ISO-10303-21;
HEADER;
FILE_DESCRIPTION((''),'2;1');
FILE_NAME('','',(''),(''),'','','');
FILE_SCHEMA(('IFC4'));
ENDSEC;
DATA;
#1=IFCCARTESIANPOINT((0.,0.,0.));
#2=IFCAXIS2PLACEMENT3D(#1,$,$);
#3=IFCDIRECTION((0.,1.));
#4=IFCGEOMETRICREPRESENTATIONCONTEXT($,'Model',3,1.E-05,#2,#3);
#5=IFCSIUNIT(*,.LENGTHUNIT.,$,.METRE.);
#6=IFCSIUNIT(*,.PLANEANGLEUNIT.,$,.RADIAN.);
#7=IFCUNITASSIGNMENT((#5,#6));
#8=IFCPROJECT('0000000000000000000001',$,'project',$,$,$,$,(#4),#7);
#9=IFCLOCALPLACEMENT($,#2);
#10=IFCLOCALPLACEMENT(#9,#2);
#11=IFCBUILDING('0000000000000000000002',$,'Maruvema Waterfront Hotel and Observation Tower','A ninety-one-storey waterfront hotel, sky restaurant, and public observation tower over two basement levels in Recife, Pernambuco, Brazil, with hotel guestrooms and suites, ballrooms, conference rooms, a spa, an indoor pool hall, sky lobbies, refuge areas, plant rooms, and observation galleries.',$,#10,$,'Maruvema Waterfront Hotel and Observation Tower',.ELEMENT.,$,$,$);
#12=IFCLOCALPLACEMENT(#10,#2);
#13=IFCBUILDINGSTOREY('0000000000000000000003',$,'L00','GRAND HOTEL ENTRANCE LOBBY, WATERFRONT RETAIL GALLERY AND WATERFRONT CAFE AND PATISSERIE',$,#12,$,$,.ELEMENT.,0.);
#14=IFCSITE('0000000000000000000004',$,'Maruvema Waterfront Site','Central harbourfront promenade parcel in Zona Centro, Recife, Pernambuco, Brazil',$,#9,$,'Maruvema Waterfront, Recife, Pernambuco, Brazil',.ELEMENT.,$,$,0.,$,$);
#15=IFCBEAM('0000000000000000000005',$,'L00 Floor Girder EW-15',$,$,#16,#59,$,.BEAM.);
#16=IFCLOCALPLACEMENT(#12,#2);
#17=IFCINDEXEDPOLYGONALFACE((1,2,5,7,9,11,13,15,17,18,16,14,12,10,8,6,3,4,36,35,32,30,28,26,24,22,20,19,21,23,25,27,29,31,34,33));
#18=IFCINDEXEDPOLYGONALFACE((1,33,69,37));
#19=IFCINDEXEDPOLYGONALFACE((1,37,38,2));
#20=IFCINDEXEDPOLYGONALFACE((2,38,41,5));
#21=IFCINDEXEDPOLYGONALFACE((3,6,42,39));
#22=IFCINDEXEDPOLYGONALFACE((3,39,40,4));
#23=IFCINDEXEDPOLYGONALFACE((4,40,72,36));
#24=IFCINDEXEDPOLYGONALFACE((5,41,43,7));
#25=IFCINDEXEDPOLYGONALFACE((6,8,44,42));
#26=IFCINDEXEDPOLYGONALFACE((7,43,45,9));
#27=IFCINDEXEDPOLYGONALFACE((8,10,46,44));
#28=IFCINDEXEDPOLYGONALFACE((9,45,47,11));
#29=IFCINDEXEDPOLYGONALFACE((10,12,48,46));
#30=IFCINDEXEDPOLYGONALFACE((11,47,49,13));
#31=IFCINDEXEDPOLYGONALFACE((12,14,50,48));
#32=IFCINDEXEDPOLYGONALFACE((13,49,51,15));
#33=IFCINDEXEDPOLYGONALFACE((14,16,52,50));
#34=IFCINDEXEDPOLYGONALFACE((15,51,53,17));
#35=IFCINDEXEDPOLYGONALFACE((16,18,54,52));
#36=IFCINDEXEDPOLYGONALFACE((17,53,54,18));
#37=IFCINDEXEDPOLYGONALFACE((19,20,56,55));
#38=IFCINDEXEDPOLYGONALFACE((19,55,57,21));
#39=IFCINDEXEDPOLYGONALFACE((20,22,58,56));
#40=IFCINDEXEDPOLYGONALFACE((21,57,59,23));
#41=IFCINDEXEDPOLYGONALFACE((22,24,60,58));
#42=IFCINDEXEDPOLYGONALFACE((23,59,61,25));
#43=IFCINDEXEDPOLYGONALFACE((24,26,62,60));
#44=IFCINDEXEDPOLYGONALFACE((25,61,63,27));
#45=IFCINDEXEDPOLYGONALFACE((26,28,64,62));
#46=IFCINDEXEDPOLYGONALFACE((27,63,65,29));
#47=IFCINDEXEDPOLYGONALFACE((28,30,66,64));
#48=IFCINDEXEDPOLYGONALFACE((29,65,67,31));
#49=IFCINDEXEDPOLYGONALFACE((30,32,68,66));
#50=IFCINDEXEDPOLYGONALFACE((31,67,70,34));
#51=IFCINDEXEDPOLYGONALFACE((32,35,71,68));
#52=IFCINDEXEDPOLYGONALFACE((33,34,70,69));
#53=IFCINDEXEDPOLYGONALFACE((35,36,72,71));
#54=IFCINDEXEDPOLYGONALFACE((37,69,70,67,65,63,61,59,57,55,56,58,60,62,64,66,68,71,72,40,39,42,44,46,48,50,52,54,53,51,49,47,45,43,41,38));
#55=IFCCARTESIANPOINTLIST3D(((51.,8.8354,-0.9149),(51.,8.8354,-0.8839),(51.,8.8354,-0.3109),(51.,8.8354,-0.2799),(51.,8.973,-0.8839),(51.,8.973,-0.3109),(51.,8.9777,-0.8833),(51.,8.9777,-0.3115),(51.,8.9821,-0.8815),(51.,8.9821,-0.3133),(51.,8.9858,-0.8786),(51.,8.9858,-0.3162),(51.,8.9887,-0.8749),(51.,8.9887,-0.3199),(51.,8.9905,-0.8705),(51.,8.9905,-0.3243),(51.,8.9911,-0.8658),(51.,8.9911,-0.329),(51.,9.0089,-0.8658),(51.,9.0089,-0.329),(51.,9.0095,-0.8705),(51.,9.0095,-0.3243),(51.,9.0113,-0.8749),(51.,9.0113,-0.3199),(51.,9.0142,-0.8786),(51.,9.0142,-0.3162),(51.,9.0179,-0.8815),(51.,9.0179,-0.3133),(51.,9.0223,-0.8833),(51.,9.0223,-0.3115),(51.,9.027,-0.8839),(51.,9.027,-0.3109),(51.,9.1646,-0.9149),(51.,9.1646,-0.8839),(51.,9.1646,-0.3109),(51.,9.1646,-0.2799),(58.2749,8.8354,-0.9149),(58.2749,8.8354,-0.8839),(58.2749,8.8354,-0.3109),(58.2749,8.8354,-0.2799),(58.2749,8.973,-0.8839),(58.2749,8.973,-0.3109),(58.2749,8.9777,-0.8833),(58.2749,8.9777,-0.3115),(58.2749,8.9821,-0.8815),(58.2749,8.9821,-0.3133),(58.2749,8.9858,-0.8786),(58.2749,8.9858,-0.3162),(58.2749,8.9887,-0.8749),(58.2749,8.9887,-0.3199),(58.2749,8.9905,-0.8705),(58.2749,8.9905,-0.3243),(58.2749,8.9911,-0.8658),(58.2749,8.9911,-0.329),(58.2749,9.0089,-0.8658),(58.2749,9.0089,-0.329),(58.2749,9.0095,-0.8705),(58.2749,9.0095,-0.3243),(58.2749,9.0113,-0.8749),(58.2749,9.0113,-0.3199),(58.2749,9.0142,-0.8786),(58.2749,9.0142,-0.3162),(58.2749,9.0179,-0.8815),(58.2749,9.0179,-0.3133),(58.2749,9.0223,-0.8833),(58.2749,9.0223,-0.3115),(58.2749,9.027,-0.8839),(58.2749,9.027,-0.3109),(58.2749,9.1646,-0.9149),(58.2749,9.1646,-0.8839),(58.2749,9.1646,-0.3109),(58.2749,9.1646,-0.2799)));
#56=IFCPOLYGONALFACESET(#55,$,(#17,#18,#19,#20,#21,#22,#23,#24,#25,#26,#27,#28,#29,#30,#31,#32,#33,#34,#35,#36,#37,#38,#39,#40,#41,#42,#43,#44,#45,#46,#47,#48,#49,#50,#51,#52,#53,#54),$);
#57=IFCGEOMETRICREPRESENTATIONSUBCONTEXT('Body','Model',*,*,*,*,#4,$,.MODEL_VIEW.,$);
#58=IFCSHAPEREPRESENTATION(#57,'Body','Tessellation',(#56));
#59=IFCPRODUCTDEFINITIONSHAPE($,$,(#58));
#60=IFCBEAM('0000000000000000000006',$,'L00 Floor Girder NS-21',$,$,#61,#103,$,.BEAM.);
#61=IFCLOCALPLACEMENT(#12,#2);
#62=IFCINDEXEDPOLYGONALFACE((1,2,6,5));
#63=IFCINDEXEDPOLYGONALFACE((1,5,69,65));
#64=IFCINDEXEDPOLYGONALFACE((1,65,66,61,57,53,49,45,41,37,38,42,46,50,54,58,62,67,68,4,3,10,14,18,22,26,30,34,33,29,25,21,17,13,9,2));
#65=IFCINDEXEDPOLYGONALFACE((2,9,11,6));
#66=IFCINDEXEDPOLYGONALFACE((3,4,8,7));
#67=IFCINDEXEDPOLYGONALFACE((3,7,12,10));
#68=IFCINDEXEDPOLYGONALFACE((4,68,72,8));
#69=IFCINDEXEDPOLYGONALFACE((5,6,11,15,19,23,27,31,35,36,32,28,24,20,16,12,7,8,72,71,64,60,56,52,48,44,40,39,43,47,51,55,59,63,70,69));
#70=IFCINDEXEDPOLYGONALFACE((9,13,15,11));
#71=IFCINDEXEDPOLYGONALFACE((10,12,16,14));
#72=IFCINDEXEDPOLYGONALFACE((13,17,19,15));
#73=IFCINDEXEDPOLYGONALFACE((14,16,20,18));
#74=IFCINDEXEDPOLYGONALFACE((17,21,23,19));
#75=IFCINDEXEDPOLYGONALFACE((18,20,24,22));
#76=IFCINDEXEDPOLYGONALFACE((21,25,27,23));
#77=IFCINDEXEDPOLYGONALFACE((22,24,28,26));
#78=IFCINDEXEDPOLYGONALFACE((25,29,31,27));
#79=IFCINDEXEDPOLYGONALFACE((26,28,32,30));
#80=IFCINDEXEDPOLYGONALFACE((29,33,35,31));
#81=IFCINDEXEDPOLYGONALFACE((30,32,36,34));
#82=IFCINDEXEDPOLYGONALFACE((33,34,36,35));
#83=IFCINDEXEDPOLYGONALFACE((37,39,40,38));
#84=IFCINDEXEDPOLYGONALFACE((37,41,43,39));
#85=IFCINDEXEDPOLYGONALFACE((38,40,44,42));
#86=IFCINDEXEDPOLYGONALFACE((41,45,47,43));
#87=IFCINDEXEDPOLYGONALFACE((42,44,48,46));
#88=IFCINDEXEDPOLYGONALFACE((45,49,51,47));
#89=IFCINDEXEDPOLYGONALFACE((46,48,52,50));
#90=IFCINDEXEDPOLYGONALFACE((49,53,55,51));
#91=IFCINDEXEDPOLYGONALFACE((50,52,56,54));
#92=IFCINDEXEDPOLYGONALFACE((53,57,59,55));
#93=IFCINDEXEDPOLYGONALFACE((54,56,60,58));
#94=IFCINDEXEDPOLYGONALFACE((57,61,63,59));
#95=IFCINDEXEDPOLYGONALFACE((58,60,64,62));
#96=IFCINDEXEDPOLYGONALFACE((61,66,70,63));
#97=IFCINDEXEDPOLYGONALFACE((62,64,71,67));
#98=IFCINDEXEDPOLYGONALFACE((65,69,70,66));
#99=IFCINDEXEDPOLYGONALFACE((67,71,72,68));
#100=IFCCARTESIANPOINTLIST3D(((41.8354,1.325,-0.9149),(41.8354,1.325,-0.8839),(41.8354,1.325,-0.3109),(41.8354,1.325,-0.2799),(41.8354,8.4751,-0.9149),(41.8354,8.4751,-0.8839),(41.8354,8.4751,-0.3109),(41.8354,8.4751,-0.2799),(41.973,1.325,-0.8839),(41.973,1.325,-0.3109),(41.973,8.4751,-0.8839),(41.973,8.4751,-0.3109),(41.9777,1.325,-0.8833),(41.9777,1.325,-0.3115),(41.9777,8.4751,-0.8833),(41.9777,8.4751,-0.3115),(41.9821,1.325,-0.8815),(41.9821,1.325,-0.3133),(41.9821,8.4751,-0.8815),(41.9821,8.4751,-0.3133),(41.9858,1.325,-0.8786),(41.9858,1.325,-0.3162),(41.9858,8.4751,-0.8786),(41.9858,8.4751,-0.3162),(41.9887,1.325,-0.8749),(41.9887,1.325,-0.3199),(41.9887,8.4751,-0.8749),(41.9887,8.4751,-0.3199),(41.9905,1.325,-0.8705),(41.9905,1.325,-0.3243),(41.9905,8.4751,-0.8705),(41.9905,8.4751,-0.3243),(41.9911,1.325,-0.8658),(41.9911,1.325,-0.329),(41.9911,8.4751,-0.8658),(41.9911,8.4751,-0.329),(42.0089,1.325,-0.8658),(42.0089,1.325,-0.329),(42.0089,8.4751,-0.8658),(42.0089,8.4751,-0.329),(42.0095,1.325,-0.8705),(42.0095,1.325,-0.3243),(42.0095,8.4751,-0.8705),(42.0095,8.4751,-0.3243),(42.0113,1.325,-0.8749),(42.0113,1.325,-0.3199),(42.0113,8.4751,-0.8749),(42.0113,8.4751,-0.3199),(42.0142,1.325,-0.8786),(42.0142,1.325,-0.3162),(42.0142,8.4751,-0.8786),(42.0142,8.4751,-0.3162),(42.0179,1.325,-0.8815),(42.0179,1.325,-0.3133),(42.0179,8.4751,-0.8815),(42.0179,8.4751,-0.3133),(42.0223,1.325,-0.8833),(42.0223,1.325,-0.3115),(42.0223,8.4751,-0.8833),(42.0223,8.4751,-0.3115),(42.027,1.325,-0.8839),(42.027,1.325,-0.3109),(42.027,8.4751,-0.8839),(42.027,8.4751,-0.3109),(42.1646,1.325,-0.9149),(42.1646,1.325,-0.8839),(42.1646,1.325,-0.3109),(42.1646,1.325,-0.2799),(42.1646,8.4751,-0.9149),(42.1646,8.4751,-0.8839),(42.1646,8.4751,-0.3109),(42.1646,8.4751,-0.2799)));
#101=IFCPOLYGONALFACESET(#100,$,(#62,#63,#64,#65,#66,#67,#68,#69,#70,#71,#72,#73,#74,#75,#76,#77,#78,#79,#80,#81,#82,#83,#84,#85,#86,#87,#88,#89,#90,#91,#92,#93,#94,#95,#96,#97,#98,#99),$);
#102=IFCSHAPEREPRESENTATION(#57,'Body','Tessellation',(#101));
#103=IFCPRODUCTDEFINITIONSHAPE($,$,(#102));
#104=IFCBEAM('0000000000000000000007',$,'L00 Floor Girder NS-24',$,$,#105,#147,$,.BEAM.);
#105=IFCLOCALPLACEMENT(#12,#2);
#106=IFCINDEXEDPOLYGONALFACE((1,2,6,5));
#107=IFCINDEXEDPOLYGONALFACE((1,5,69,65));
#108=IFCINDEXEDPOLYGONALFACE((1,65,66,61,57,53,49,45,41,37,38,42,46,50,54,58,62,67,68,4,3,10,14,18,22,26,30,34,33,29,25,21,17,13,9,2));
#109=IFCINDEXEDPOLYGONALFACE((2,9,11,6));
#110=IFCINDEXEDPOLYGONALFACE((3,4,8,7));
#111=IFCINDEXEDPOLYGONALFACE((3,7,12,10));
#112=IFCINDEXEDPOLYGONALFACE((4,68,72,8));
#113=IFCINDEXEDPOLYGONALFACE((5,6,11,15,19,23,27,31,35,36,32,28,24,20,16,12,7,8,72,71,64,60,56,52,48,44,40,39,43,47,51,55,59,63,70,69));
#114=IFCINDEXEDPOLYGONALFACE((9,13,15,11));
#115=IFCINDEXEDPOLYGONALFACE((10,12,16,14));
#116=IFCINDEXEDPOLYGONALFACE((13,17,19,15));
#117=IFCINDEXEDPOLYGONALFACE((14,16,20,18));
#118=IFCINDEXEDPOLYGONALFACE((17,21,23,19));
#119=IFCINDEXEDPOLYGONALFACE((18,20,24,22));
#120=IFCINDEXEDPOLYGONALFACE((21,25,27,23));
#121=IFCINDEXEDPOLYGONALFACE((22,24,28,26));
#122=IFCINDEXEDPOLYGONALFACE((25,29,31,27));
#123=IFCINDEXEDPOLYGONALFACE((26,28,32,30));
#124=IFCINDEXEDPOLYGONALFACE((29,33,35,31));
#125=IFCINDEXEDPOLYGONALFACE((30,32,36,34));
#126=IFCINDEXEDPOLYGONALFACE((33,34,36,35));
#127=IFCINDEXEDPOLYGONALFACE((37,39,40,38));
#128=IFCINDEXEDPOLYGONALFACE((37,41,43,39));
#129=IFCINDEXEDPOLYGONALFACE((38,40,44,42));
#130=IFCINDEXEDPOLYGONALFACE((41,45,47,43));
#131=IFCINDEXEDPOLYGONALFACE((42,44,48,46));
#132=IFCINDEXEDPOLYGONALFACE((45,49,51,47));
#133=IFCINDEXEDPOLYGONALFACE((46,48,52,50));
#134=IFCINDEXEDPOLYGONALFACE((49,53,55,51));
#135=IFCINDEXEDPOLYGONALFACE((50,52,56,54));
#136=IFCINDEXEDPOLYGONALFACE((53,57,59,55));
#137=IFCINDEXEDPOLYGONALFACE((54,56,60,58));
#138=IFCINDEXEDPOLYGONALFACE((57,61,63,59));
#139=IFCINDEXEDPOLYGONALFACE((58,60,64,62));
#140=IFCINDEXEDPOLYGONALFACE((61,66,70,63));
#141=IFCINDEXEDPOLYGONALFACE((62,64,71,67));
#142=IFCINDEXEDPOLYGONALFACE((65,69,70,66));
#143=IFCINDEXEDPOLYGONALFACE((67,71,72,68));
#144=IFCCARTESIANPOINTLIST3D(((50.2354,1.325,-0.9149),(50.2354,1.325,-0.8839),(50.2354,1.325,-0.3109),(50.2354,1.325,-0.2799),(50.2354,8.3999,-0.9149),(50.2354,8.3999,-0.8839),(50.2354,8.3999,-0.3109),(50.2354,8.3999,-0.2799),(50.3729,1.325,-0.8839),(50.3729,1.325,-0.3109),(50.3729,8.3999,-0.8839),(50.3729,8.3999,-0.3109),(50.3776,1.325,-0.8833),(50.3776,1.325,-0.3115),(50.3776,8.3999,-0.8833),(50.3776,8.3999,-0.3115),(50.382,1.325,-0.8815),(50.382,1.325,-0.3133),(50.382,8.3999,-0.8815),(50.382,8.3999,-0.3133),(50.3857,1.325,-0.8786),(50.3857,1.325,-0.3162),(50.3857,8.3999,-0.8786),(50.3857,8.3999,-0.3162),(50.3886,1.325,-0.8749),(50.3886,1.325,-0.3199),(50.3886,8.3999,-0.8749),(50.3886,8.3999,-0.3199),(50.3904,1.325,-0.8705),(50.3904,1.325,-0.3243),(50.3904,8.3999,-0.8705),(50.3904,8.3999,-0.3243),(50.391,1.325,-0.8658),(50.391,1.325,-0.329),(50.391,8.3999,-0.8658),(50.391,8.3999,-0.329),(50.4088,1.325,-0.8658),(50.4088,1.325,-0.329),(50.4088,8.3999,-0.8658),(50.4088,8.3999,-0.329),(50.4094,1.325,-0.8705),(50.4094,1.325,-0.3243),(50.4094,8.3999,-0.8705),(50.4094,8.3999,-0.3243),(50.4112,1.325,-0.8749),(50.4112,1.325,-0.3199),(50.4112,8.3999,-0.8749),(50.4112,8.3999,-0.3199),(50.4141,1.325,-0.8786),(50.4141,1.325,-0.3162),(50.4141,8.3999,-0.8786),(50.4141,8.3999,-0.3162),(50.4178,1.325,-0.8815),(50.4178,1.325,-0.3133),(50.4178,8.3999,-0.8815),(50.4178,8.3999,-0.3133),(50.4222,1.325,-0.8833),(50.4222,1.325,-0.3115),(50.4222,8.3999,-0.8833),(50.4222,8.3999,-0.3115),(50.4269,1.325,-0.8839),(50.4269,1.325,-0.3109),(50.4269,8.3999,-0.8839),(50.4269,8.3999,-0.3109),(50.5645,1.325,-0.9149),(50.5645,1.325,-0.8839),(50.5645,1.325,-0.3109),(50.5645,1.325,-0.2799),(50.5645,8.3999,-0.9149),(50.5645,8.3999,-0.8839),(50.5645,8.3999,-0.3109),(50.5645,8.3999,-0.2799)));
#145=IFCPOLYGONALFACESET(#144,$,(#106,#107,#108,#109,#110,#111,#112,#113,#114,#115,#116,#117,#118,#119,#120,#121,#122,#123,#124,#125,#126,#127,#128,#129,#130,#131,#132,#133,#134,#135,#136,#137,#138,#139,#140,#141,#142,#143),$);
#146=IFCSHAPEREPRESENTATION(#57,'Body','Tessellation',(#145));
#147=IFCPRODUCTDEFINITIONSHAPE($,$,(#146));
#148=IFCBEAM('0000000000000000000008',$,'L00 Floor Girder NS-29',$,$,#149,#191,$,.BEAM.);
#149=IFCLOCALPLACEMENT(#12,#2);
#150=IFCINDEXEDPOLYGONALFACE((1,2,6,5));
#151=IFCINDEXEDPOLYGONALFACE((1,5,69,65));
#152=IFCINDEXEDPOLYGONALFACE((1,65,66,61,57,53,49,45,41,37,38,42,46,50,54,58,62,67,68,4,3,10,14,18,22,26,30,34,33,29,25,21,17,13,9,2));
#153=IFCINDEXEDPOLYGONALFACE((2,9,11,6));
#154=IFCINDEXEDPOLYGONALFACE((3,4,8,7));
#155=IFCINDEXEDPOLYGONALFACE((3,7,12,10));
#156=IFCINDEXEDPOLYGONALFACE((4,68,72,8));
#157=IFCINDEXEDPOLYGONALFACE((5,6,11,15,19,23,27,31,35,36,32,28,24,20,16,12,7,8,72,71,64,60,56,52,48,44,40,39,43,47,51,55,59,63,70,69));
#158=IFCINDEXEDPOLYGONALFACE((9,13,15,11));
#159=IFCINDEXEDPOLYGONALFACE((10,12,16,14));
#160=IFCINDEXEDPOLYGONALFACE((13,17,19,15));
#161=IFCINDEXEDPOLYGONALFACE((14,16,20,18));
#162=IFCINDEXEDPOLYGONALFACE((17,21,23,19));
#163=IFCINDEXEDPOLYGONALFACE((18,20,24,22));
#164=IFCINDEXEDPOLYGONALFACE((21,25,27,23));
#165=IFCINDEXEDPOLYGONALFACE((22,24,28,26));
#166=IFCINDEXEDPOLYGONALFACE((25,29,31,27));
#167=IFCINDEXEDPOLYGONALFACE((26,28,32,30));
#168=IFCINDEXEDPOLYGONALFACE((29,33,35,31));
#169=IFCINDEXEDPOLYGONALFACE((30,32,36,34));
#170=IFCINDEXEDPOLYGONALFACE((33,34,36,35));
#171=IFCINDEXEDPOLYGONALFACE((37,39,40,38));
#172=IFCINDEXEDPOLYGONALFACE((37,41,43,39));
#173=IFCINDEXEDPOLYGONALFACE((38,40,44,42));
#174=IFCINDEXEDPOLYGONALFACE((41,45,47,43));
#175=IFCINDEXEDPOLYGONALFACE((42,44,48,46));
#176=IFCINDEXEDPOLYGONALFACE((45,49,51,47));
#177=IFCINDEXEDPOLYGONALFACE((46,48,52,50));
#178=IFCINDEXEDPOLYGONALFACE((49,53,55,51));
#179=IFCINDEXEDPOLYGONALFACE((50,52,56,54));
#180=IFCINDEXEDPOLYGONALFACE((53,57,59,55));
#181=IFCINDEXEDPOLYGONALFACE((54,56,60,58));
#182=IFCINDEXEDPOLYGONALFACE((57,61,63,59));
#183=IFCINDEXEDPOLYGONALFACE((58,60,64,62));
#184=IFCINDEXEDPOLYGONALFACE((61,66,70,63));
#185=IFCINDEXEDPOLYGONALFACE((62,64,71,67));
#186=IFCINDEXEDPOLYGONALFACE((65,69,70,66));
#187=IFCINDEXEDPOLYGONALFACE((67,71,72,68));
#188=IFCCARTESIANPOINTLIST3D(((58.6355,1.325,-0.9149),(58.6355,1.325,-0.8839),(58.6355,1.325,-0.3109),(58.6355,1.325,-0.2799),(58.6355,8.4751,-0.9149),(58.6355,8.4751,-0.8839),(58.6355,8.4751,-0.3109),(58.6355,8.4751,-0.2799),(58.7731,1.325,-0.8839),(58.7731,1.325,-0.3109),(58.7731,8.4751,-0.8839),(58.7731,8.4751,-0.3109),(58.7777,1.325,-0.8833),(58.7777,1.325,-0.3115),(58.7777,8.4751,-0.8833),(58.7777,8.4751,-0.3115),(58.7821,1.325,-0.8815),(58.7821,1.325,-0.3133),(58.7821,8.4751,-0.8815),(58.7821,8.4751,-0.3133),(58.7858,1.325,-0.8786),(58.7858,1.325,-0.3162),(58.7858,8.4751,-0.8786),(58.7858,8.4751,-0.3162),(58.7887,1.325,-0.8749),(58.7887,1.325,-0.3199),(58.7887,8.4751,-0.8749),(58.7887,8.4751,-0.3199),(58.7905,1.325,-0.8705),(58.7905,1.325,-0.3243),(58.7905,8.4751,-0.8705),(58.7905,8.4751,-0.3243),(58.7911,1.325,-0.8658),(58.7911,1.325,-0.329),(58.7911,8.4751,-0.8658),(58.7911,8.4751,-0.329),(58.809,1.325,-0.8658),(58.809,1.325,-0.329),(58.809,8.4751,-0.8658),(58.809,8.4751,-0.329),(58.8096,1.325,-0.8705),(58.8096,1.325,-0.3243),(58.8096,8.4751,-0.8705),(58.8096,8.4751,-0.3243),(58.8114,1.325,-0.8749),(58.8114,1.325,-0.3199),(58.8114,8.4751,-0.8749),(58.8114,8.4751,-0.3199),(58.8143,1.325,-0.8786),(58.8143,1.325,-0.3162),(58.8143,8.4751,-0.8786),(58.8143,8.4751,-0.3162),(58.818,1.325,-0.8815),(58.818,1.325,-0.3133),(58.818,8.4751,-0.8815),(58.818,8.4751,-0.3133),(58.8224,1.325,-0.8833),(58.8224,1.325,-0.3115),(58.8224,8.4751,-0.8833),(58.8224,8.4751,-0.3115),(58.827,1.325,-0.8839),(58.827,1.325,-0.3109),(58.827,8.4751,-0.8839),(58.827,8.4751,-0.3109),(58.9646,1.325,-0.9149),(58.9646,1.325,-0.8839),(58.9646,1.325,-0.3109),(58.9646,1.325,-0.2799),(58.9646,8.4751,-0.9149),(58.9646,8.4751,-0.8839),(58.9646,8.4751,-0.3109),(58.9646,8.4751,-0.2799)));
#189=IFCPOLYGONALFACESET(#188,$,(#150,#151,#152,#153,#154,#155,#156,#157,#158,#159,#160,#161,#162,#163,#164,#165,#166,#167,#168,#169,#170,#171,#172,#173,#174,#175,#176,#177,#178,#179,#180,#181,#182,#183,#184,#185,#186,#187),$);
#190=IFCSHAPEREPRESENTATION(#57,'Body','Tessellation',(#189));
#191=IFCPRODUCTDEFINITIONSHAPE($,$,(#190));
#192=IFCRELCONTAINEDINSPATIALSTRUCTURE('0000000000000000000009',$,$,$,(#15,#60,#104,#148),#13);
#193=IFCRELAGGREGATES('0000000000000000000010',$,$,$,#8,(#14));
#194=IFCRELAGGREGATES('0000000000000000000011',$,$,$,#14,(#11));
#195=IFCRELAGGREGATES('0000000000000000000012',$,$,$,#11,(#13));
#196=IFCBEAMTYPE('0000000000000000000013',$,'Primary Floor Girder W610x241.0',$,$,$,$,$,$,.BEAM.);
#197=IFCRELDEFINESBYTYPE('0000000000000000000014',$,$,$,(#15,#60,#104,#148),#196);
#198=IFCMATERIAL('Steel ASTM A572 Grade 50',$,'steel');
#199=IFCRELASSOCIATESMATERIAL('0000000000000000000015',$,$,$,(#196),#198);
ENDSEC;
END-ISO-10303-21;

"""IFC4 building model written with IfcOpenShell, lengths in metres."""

from ifc_helpers import new_model, si_unit, direction, frame, origin, origin_2d, place, context, subcontext, project, spatial, i_section, extrude, material, material_profile, profile_set, type_object, element, save


model = new_model("IFC4")

# Units and contexts
model_context = context("Model", 3, precision=1e-05, world=origin(), true_north=direction((0.0, 1.0)))
body_context = subcontext(model_context, "Body", "Model", "MODEL_VIEW")
ifc_project = project(units=[si_unit("LENGTHUNIT", "METRE"), si_unit("PLANEANGLEUNIT", "RADIAN")], contexts=[model_context])

# Site, building, storey
site_placement = place(None, origin())
site = spatial("IfcSite", under=ifc_project, at=site_placement, Name="Maruvema Waterfront Site", Description="Central harbourfront promenade parcel in Zona Centro, Recife, Pernambuco, Brazil", LongName="Maruvema Waterfront, Recife, Pernambuco, Brazil", CompositionType="ELEMENT", RefElevation=0.0)
building_placement = place(site_placement, origin())
building = spatial("IfcBuilding", under=site, at=building_placement, Name="Maruvema Waterfront Hotel and Observation Tower", Description="A ninety-one-storey waterfront hotel, sky restaurant, and public observation tower over two basement levels in Recife, Pernambuco, Brazil, with hotel guestrooms and suites, ballrooms, conference rooms, a spa, an indoor pool hall, sky lobbies, refuge areas, plant rooms, and observation galleries.", LongName="Maruvema Waterfront Hotel and Observation Tower", CompositionType="ELEMENT")
storey_placement = place(building_placement, origin())
storey = spatial("IfcBuildingStorey", under=building, at=storey_placement, Name="L00", Description="GRAND HOTEL ENTRANCE LOBBY, WATERFRONT RETAIL GALLERY AND WATERFRONT CAFE AND PATISSERIE", CompositionType="ELEMENT", Elevation=0.0)

# Beams
ifc_material_1 = material(Name="Steel ASTM A572 Grade 50", Category="steel")
ifc_material_profile_1 = material_profile(ifc_material_1, i_section(OverallWidth=0.3291, OverallDepth=0.635, WebThickness=0.0178, FlangeThickness=0.031, FilletRadius=0.0181, at=origin_2d()), Name="W610x241.0")
ifc_profile_set_1 = profile_set([ifc_material_profile_1], Name="Steel ASTM A572 Grade 50")
beam_type_1 = type_object("IfcBeamType", Name="Primary Floor Girder W610x241.0", PredefinedType="BEAM", material=ifc_profile_set_1)
beam_1_placement = place(storey_placement, frame((51.0, 9.0, -0.5974), z_axis=(1.0, 0.0, 0.0), x_axis=(0.0, 1.0, 0.0)))
element("IfcBeam", 1, at=beam_1_placement, inside=storey, type_object=beam_type_1, Name="L00 Floor Girder EW-15", PredefinedType="BEAM", context=body_context, shape_type="SweptSolid", body=[
    extrude(i_section(OverallWidth=0.3291, OverallDepth=0.635, WebThickness=0.0178, FlangeThickness=0.031, FilletRadius=0.0181, at=origin_2d()), origin(), (0.0, 0.0, 1.0), 7.2749),
])
beam_2_placement = place(storey_placement, frame((42.0, 1.325, -0.5974), z_axis=(0.0, 1.0, 0.0), x_axis=(-1.0, 0.0, 0.0)))
element("IfcBeam", 2, at=beam_2_placement, inside=storey, type_object=beam_type_1, Name="L00 Floor Girder NS-21", PredefinedType="BEAM", context=body_context, shape_type="SweptSolid", body=[
    extrude(i_section(OverallWidth=0.3291, OverallDepth=0.635, WebThickness=0.0178, FlangeThickness=0.031, FilletRadius=0.0181, at=origin_2d()), origin(), (0.0, 0.0, 1.0), 7.1501),
])
beam_3_placement = place(storey_placement, frame((50.3999, 1.325, -0.5974), z_axis=(0.0, 1.0, 0.0), x_axis=(-1.0, 0.0, 0.0)))
element("IfcBeam", 3, at=beam_3_placement, inside=storey, type_object=beam_type_1, Name="L00 Floor Girder NS-24", PredefinedType="BEAM", context=body_context, shape_type="SweptSolid", body=[
    extrude(i_section(OverallWidth=0.3291, OverallDepth=0.635, WebThickness=0.0178, FlangeThickness=0.031, FilletRadius=0.0181, at=origin_2d()), origin(), (0.0, 0.0, 1.0), 7.075),
])
beam_4_placement = place(storey_placement, frame((58.8, 1.325, -0.5974), z_axis=(0.0, 1.0, 0.0), x_axis=(-1.0, 0.0, 0.0)))
element("IfcBeam", 4, at=beam_4_placement, inside=storey, type_object=beam_type_1, Name="L00 Floor Girder NS-29", PredefinedType="BEAM", context=body_context, shape_type="SweptSolid", body=[
    extrude(i_section(OverallWidth=0.3291, OverallDepth=0.635, WebThickness=0.0178, FlangeThickness=0.031, FilletRadius=0.0181, at=origin_2d()), origin(), (0.0, 0.0, 1.0), 7.1501),
])

save(model, "model.ifc")
